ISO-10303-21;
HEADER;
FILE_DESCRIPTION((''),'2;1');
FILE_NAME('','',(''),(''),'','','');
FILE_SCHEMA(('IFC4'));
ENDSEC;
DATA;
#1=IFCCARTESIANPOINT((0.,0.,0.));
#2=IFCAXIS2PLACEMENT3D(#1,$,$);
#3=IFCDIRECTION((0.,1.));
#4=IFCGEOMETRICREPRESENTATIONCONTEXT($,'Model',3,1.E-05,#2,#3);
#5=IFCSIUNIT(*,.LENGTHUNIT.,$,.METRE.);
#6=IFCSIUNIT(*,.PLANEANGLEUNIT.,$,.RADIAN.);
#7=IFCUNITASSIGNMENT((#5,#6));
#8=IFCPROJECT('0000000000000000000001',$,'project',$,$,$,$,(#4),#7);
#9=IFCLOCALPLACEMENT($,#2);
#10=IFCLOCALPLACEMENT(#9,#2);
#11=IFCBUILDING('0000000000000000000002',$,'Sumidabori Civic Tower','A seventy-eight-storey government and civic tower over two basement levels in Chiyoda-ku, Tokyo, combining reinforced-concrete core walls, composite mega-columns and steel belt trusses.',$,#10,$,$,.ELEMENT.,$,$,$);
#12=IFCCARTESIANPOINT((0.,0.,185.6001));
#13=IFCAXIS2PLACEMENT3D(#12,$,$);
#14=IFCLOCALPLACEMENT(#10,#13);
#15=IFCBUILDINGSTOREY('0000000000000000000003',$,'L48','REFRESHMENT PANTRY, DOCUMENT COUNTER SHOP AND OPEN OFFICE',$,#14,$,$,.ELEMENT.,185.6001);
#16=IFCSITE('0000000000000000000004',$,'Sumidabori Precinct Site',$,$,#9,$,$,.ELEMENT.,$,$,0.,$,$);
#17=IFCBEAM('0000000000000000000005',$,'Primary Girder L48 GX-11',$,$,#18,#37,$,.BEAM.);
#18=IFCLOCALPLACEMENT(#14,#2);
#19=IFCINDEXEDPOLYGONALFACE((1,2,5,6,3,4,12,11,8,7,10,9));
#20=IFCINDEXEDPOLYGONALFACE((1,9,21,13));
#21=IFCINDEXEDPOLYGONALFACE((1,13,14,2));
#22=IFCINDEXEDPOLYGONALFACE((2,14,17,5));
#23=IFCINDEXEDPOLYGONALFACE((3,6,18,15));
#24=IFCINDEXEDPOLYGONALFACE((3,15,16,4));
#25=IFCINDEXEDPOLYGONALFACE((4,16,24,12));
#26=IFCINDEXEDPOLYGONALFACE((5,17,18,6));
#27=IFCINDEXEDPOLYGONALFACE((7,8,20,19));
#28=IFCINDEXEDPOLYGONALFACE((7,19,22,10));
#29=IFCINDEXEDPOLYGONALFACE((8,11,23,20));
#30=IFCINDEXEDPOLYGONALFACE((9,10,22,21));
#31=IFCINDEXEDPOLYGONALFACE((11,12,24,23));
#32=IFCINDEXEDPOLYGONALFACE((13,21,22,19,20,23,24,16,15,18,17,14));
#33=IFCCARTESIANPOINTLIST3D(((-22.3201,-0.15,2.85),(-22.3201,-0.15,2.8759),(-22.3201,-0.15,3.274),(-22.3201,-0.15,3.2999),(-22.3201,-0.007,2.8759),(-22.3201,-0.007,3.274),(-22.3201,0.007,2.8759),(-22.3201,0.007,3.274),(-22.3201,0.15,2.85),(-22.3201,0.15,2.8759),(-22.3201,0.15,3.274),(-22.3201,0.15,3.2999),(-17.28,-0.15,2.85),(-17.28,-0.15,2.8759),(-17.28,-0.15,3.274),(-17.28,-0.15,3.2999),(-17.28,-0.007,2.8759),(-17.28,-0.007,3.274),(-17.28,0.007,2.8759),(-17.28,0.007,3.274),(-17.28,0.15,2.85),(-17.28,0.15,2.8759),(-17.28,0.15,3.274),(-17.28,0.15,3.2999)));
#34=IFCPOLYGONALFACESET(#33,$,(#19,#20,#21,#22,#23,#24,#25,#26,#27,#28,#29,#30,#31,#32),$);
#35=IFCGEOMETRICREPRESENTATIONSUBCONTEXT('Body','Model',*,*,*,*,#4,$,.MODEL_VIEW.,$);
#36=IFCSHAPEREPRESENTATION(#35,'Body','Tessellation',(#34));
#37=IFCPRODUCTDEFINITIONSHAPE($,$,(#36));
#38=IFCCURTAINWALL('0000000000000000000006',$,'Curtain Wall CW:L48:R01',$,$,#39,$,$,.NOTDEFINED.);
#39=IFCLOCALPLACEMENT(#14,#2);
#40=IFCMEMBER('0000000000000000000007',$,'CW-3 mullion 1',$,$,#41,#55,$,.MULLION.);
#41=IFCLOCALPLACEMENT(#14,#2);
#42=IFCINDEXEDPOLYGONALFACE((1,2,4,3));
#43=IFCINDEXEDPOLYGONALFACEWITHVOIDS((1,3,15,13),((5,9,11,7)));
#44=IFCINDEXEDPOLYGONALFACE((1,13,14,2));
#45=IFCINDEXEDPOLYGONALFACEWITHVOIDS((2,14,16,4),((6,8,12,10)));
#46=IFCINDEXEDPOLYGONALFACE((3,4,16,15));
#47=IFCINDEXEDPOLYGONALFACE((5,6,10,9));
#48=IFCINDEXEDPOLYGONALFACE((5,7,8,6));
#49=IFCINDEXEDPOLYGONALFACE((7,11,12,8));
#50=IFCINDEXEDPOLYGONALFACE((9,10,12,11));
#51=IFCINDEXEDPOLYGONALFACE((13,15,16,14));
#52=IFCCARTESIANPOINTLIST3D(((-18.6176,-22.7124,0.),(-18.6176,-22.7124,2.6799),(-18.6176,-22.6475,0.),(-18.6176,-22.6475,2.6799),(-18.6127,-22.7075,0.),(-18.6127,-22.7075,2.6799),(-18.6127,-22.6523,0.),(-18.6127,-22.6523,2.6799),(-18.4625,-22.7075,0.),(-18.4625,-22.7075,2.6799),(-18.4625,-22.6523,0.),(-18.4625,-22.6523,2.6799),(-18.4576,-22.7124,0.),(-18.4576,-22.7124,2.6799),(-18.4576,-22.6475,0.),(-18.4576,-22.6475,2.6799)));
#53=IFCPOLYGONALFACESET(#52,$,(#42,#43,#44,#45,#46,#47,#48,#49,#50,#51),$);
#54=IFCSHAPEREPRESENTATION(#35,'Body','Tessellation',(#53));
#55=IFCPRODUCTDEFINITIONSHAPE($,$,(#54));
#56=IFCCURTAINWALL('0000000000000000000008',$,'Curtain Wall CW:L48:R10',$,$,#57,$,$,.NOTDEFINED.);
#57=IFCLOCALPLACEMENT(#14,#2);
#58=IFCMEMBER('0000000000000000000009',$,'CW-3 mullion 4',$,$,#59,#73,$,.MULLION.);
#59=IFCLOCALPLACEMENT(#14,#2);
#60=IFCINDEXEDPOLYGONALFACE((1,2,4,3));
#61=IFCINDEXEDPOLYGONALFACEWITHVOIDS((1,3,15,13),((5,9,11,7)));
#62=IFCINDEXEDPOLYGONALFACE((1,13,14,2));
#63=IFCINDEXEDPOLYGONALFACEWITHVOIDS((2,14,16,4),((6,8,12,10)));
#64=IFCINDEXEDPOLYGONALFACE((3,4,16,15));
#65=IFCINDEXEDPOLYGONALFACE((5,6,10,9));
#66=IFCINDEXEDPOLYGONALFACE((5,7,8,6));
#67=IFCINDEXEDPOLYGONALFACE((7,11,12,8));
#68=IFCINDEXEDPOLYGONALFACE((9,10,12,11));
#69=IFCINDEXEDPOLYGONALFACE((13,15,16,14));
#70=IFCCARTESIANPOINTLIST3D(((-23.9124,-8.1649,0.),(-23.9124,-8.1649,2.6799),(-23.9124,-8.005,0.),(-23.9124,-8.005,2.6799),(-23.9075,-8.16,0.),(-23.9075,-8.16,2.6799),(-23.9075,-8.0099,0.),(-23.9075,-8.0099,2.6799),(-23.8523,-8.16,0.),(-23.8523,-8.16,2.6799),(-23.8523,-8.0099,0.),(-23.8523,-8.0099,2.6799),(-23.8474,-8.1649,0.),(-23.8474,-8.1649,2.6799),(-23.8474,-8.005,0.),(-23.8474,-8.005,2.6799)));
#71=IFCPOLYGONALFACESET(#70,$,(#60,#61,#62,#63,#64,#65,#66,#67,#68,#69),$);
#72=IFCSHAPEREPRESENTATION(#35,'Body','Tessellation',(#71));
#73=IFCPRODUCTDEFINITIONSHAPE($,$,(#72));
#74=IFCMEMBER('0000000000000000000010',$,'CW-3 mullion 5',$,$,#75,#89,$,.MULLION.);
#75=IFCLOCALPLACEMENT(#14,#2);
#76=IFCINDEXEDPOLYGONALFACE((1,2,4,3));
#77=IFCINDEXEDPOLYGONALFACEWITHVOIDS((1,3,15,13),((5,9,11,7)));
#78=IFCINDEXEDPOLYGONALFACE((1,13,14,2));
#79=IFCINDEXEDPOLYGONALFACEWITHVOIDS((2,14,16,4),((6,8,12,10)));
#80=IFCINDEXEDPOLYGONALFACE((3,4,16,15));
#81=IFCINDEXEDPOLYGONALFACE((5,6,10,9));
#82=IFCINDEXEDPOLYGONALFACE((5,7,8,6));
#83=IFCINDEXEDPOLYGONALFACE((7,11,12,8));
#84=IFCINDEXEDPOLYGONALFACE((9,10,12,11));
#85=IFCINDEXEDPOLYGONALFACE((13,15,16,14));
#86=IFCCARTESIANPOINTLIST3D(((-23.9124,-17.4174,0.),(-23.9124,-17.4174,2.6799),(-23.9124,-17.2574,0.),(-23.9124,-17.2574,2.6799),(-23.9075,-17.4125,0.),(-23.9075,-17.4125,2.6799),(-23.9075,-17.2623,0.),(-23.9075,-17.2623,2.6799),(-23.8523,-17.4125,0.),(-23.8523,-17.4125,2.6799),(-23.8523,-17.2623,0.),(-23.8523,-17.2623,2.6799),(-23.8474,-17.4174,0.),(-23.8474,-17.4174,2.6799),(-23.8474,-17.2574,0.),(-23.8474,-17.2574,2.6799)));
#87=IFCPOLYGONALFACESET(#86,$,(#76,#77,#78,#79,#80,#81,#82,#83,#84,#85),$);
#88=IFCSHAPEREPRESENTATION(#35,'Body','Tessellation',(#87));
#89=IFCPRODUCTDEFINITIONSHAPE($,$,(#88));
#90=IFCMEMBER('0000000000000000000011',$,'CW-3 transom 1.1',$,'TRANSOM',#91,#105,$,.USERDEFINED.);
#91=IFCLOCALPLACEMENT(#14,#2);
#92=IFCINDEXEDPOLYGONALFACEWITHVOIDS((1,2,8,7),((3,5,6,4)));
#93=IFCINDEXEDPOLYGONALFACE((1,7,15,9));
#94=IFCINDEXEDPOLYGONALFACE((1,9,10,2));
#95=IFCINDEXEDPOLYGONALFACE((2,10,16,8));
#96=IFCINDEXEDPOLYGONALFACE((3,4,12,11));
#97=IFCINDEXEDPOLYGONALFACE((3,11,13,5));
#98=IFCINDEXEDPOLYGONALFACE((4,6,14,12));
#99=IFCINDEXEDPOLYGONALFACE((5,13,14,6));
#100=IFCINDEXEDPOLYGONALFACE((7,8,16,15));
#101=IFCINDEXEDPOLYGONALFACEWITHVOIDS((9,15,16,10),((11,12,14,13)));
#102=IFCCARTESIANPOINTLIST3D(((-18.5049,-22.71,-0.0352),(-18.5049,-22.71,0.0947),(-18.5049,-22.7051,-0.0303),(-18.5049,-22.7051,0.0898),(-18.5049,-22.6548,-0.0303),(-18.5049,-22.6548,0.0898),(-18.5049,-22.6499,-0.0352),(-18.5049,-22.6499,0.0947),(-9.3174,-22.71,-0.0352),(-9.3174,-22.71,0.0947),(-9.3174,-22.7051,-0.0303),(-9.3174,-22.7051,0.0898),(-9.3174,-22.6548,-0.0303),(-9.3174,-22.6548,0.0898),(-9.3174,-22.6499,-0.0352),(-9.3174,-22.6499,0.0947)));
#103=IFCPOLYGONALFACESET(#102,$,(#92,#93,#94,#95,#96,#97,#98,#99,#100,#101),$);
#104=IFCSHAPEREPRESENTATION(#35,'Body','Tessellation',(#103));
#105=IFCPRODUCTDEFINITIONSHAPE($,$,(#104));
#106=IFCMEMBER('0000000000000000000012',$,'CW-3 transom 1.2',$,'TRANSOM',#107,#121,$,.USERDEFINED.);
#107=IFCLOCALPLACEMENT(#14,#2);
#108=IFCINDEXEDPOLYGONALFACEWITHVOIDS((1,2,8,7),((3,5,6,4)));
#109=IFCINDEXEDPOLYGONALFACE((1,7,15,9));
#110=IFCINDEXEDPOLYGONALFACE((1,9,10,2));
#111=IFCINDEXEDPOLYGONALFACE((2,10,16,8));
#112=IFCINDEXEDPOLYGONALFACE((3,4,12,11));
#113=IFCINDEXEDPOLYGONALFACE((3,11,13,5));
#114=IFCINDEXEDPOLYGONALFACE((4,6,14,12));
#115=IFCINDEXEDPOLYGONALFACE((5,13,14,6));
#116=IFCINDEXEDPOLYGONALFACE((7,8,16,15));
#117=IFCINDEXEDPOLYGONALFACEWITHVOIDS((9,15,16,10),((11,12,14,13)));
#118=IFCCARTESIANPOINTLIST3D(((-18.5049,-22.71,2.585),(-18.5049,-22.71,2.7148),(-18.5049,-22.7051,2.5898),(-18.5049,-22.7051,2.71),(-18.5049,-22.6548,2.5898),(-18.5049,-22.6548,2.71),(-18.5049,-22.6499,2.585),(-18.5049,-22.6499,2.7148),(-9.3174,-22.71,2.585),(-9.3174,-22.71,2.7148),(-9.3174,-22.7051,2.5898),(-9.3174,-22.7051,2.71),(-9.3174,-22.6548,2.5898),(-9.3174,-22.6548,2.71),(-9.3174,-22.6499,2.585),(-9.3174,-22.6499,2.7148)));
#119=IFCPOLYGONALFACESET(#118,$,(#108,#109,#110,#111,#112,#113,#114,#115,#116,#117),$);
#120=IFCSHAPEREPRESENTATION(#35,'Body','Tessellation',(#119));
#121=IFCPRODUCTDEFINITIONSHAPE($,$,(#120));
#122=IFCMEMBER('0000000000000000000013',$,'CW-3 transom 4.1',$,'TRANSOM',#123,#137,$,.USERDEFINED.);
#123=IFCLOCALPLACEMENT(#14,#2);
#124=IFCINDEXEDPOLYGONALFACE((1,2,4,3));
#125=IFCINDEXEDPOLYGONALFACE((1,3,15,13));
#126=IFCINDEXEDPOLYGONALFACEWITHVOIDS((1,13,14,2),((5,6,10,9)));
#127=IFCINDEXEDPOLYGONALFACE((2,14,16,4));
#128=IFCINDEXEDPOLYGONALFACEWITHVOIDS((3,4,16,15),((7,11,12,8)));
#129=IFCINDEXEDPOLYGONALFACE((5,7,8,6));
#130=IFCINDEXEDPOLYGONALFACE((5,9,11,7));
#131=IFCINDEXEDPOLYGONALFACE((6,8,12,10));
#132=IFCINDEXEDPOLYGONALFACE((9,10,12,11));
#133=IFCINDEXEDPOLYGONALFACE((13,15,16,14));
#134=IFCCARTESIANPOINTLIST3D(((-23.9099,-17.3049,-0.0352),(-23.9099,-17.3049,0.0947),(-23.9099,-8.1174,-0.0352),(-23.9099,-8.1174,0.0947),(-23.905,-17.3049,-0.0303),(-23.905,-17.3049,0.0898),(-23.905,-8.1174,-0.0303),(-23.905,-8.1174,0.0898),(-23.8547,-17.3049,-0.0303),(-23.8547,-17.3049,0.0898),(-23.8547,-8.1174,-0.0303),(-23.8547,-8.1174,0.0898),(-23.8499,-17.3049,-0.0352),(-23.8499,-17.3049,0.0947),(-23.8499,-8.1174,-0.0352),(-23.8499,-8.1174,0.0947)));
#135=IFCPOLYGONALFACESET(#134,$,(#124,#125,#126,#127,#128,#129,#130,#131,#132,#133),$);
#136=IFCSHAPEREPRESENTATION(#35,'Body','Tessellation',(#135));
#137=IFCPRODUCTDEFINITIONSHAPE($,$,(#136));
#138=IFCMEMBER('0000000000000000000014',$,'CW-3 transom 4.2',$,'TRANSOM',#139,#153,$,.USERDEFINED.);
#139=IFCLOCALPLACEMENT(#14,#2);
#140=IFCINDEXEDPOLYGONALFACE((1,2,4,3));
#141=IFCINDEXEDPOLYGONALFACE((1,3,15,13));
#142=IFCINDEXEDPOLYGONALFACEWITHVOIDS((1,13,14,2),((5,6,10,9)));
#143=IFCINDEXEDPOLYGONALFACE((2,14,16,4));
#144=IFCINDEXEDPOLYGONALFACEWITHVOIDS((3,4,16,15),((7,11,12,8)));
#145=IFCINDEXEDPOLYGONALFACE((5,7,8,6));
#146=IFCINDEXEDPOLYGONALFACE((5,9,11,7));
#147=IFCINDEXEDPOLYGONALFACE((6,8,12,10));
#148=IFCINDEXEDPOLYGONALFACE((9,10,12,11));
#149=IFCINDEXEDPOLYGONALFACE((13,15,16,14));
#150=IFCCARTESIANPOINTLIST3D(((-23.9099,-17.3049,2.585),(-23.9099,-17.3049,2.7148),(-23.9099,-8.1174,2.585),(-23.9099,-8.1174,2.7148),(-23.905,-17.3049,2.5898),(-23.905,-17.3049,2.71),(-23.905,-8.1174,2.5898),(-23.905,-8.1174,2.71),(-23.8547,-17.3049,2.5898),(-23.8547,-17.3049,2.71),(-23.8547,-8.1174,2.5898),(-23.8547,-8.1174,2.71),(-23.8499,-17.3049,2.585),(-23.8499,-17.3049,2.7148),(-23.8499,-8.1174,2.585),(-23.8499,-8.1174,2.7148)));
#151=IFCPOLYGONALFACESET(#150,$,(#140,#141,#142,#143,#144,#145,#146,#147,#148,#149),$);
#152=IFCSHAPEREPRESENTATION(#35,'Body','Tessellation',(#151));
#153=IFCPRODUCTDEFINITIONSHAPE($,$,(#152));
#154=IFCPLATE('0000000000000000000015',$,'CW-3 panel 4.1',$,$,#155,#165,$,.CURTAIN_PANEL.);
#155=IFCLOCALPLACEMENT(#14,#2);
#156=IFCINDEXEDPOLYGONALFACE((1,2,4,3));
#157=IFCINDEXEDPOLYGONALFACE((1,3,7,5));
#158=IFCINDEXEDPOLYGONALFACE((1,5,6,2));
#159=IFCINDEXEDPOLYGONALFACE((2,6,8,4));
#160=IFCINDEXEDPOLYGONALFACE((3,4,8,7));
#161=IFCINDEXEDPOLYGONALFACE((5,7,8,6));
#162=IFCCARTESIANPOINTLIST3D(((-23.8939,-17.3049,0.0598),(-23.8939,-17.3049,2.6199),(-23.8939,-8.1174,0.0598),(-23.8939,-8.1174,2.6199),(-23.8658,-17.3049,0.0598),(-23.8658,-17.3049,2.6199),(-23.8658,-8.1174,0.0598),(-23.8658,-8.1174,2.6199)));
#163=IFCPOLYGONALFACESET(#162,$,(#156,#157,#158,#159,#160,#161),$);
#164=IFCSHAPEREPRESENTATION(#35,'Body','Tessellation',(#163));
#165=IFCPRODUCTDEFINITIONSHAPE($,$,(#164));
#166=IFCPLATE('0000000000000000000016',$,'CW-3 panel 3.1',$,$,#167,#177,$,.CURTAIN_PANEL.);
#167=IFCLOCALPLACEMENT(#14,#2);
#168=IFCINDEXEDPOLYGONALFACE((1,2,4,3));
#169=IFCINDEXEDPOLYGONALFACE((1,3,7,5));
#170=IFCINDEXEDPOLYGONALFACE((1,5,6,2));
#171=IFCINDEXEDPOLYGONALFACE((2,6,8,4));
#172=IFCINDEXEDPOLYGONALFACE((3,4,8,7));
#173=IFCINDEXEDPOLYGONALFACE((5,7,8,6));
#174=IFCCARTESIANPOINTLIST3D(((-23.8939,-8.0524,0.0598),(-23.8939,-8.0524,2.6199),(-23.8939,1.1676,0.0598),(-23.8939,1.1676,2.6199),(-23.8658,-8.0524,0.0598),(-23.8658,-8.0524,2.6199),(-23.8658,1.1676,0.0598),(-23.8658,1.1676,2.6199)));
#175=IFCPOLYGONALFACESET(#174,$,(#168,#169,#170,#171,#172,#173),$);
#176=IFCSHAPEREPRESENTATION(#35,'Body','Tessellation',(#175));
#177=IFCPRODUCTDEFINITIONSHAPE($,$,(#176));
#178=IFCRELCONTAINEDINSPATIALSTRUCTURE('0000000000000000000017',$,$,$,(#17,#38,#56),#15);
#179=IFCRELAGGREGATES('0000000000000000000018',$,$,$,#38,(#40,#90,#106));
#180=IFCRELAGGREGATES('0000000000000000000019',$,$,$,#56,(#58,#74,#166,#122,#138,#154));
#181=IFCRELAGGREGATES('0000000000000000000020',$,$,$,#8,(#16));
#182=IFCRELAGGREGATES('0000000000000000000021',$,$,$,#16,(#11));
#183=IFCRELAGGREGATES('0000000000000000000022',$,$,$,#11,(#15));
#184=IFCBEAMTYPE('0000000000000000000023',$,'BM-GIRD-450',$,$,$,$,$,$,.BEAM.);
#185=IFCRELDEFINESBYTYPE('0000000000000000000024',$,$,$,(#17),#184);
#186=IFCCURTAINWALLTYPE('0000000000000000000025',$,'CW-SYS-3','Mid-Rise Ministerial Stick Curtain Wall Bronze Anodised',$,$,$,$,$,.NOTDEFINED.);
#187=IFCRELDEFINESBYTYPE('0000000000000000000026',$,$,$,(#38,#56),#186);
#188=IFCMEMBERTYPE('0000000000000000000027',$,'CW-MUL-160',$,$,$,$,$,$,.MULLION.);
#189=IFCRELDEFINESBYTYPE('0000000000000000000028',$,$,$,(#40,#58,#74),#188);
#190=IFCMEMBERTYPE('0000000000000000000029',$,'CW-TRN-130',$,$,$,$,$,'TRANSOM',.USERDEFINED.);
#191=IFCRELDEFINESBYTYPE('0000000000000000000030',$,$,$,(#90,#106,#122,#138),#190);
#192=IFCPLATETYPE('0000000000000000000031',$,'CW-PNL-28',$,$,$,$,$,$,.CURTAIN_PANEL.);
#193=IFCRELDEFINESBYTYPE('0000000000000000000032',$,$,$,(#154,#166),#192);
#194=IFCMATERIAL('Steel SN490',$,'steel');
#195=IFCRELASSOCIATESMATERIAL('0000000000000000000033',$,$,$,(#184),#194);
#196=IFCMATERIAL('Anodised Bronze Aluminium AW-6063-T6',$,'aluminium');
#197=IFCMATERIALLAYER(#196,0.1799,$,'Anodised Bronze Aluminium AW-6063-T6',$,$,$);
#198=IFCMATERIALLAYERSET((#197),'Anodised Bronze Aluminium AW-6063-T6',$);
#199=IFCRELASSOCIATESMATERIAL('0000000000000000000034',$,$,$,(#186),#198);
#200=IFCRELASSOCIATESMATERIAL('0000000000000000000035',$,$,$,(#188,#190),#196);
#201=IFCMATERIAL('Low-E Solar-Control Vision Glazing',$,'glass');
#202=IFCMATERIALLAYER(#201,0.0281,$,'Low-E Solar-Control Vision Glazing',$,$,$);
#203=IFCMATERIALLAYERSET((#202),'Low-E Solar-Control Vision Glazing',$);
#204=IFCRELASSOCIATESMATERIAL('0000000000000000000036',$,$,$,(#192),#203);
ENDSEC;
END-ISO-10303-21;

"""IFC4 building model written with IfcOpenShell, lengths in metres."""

from ifc_helpers import new_model, si_unit, direction, frame, origin, origin_2d, place, context, subcontext, project, spatial, rectangle, hollow_rectangle, i_section, extrude, source, transform, mapped, material, layer, layer_set, material_profile, profile_set, type_object, element, aggregate, save


model = new_model("IFC4")

# Units and contexts
model_context = context("Model", 3, precision=1e-05, world=origin(), true_north=direction((0.0, 1.0)))
body_context = subcontext(model_context, "Body", "Model", "MODEL_VIEW")
ifc_project = project(units=[si_unit("LENGTHUNIT", "METRE"), si_unit("PLANEANGLEUNIT", "RADIAN")], contexts=[model_context])

# Site, building, storey
site_placement = place(None, origin())
site = spatial("IfcSite", under=ifc_project, at=site_placement, Name="Sumidabori Precinct Site", CompositionType="ELEMENT", RefElevation=0.0)
building_placement = place(site_placement, origin())
building = spatial("IfcBuilding", under=site, at=building_placement, Name="Sumidabori Civic Tower", Description="A seventy-eight-storey government and civic tower over two basement levels in Chiyoda-ku, Tokyo, combining reinforced-concrete core walls, composite mega-columns and steel belt trusses.", CompositionType="ELEMENT")
storey_placement = place(building_placement, frame((0.0, 0.0, 185.6001)))
storey = spatial("IfcBuildingStorey", under=building, at=storey_placement, Name="L48", Description="REFRESHMENT PANTRY, DOCUMENT COUNTER SHOP AND OPEN OFFICE", CompositionType="ELEMENT", Elevation=185.6001)

# Beam
ifc_material_1 = material(Name="Steel SN490", Category="steel")
ifc_material_profile_1 = material_profile(ifc_material_1, i_section(OverallWidth=0.3, OverallDepth=0.45, WebThickness=0.0139, FlangeThickness=0.0259, at=origin_2d()), Name="HE 450 B")
ifc_profile_set_1 = profile_set([ifc_material_profile_1], Name="Steel SN490")
beam_type_1 = type_object("IfcBeamType", Name="BM-GIRD-450", PredefinedType="BEAM", material=ifc_profile_set_1)
shared_shape_1 = source(origin(), body_context, "Body", "SweptSolid", [
    extrude(i_section(OverallWidth=0.3, OverallDepth=0.45, WebThickness=0.0139, FlangeThickness=0.0259, at=origin_2d()), origin(), (0.0, 0.0, 1.0), 5.04),
])
for number, where, z_axis, x_axis, name in (
    (1, (-22.3201, 0.0, 3.075), (1.0, 0.0, 0.0), (0.0, 1.0, 0.0), "Primary Girder L48 GX-11"),
):
    element("IfcBeam", number, at=place(storey_placement, frame(where, z_axis=z_axis, x_axis=x_axis)), inside=storey, type_object=beam_type_1, Name=name, PredefinedType="BEAM", context=body_context, shape_type="MappedRepresentation", body=[
        mapped(shared_shape_1, transform((0.0, 0.0, 0.0), x_axis=(1.0, 0.0, 0.0), y_axis=(0.0, 1.0, 0.0), z_axis=(0.0, 0.0, 1.0), scale=1.0)),
    ])

# Curtain wall, member
ifc_material_2 = material(Name="Anodised Bronze Aluminium AW-6063-T6", Category="aluminium")
ifc_layer_1 = layer(ifc_material_2, 0.1799, Name="Anodised Bronze Aluminium AW-6063-T6")
ifc_layer_set_1 = layer_set([ifc_layer_1], Name="Anodised Bronze Aluminium AW-6063-T6")
curtain_wall_type = type_object("IfcCurtainWallType", Name="CW-SYS-3", Description="Mid-Rise Ministerial Stick Curtain Wall Bronze Anodised", PredefinedType="NOTDEFINED", material=ifc_layer_set_1)
curtain_wall_1_placement = place(storey_placement, origin())
curtain_wall_1 = element("IfcCurtainWall", 2, at=curtain_wall_1_placement, inside=storey, type_object=curtain_wall_type, Name="Curtain Wall CW:L48:R01", PredefinedType="NOTDEFINED")
ifc_material_profile_2 = material_profile(ifc_material_2, hollow_rectangle(XDim=0.0649, YDim=0.1599, WallThickness=0.0049, at=origin_2d()), Name="ALU MULLION 160x65")
ifc_profile_set_2 = profile_set([ifc_material_profile_2], Name="Anodised Bronze Aluminium AW-6063-T6")
member_type_1 = type_object("IfcMemberType", Name="CW-MUL-160", PredefinedType="MULLION", material=ifc_profile_set_2)
shared_shape_2 = source(origin(), body_context, "Body", "SweptSolid", [
    extrude(hollow_rectangle(XDim=0.0649, YDim=0.1599, WallThickness=0.0049, at=origin_2d()), origin(), (0.0, 0.0, 1.0), 2.6799),
])
member_1_placement = place(storey_placement, frame((-18.5376, -22.6799, 0.0), z_axis=(0.0, 0.0, 1.0), x_axis=(0.0, 1.0, 0.0)))
member_1 = element("IfcMember", 3, at=member_1_placement, type_object=member_type_1, Name="CW-3 mullion 1", PredefinedType="MULLION", context=body_context, shape_type="MappedRepresentation", body=[
    mapped(shared_shape_2, transform((0.0, 0.0, 0.0), x_axis=(1.0, 0.0, 0.0), y_axis=(0.0, 1.0, 0.0), z_axis=(0.0, 0.0, 1.0), scale=1.0)),
])

# Curtain wall, members
curtain_wall_2_placement = place(storey_placement, origin())
curtain_wall_2 = element("IfcCurtainWall", 4, at=curtain_wall_2_placement, inside=storey, type_object=curtain_wall_type, Name="Curtain Wall CW:L48:R10", PredefinedType="NOTDEFINED")
member_2_placement = place(storey_placement, frame((-23.8799, -8.085, 0.0), z_axis=(0.0, 0.0, 1.0), x_axis=(1.0, 0.0, 0.0)))
member_2 = element("IfcMember", 5, at=member_2_placement, type_object=member_type_1, Name="CW-3 mullion 4", PredefinedType="MULLION", context=body_context, shape_type="MappedRepresentation", body=[
    mapped(shared_shape_2, transform((0.0, 0.0, 0.0), x_axis=(1.0, 0.0, 0.0), y_axis=(0.0, 1.0, 0.0), z_axis=(0.0, 0.0, 1.0), scale=1.0)),
])
member_3_placement = place(storey_placement, frame((-23.8799, -17.3374, 0.0), z_axis=(0.0, 0.0, 1.0), x_axis=(1.0, 0.0, 0.0)))
member_3 = element("IfcMember", 6, at=member_3_placement, type_object=member_type_1, Name="CW-3 mullion 5", PredefinedType="MULLION", context=body_context, shape_type="MappedRepresentation", body=[
    mapped(shared_shape_2, transform((0.0, 0.0, 0.0), x_axis=(1.0, 0.0, 0.0), y_axis=(0.0, 1.0, 0.0), z_axis=(0.0, 0.0, 1.0), scale=1.0)),
])

# Members
ifc_material_profile_3 = material_profile(ifc_material_2, hollow_rectangle(XDim=0.0601, YDim=0.1299, WallThickness=0.0049, at=origin_2d()), Name="ALU TRANSOM 130x60")
ifc_profile_set_3 = profile_set([ifc_material_profile_3], Name="Anodised Bronze Aluminium AW-6063-T6")
member_type_2 = type_object("IfcMemberType", Name="CW-TRN-130", ElementType="TRANSOM", PredefinedType="USERDEFINED", material=ifc_profile_set_3)
shared_shape_3 = source(origin(), body_context, "Body", "SweptSolid", [
    extrude(hollow_rectangle(XDim=0.0601, YDim=0.1299, WallThickness=0.0049, at=origin_2d()), origin(), (0.0, 0.0, 1.0), 9.1875),
])
member_4_placement = place(storey_placement, frame((-18.5049, -22.6799, 0.0298), z_axis=(1.0, 0.0, 0.0), x_axis=(0.0, 1.0, 0.0)))
member_4 = element("IfcMember", 7, at=member_4_placement, type_object=member_type_2, Name="CW-3 transom 1.1", ObjectType="TRANSOM", PredefinedType="USERDEFINED", context=body_context, shape_type="MappedRepresentation", body=[
    mapped(shared_shape_3, transform((0.0, 0.0, 0.0), x_axis=(1.0, 0.0, 0.0), y_axis=(0.0, 1.0, 0.0), z_axis=(0.0, 0.0, 1.0), scale=1.0)),
])
member_5_placement = place(storey_placement, frame((-18.5049, -22.6799, 2.6499), z_axis=(1.0, 0.0, 0.0), x_axis=(0.0, 1.0, 0.0)))
member_5 = element("IfcMember", 8, at=member_5_placement, type_object=member_type_2, Name="CW-3 transom 1.2", ObjectType="TRANSOM", PredefinedType="USERDEFINED", context=body_context, shape_type="MappedRepresentation", body=[
    mapped(shared_shape_3, transform((0.0, 0.0, 0.0), x_axis=(1.0, 0.0, 0.0), y_axis=(0.0, 1.0, 0.0), z_axis=(0.0, 0.0, 1.0), scale=1.0)),
])
aggregate(curtain_wall_1, [member_1, member_4, member_5])
member_6_placement = place(storey_placement, frame((-23.8799, -8.1174, 0.0298), z_axis=(0.0, -1.0, 0.0), x_axis=(1.0, 0.0, 0.0)))
member_6 = element("IfcMember", 9, at=member_6_placement, type_object=member_type_2, Name="CW-3 transom 4.1", ObjectType="TRANSOM", PredefinedType="USERDEFINED", context=body_context, shape_type="MappedRepresentation", body=[
    mapped(shared_shape_3, transform((0.0, 0.0, 0.0), x_axis=(1.0, 0.0, 0.0), y_axis=(0.0, 1.0, 0.0), z_axis=(0.0, 0.0, 1.0), scale=1.0)),
])
member_7_placement = place(storey_placement, frame((-23.8799, -8.1174, 2.6499), z_axis=(0.0, -1.0, 0.0), x_axis=(1.0, 0.0, 0.0)))
member_7 = element("IfcMember", 10, at=member_7_placement, type_object=member_type_2, Name="CW-3 transom 4.2", ObjectType="TRANSOM", PredefinedType="USERDEFINED", context=body_context, shape_type="MappedRepresentation", body=[
    mapped(shared_shape_3, transform((0.0, 0.0, 0.0), x_axis=(1.0, 0.0, 0.0), y_axis=(0.0, 1.0, 0.0), z_axis=(0.0, 0.0, 1.0), scale=1.0)),
])

# Plates
ifc_material_3 = material(Name="Low-E Solar-Control Vision Glazing", Category="glass")
ifc_layer_2 = layer(ifc_material_3, 0.0281, Name="Low-E Solar-Control Vision Glazing")
ifc_layer_set_2 = layer_set([ifc_layer_2], Name="Low-E Solar-Control Vision Glazing")
plate_type = type_object("IfcPlateType", Name="CW-PNL-28", PredefinedType="CURTAIN_PANEL", material=ifc_layer_set_2)
shared_shape_4 = source(origin(), body_context, "Body", "SweptSolid", [
    extrude(rectangle(XDim=9.1875, YDim=0.0281, at=origin_2d()), origin(), (0.0, 0.0, 1.0), 2.5601),
])
plate_1_placement = place(storey_placement, frame((-23.8799, -12.7112, 0.0598), z_axis=(0.0, 0.0, 1.0), x_axis=(0.0, -1.0, 0.0)))
plate_1 = element("IfcPlate", 11, at=plate_1_placement, type_object=plate_type, Name="CW-3 panel 4.1", PredefinedType="CURTAIN_PANEL", context=body_context, shape_type="MappedRepresentation", body=[
    mapped(shared_shape_4, transform((0.0, 0.0, 0.0), x_axis=(1.0, 0.0, 0.0), y_axis=(0.0, 1.0, 0.0), z_axis=(0.0, 0.0, 1.0), scale=1.0)),
])
shared_shape_5 = source(origin(), body_context, "Body", "SweptSolid", [
    extrude(rectangle(XDim=9.22, YDim=0.0281, at=origin_2d()), origin(), (0.0, 0.0, 1.0), 2.5601),
])
plate_2_placement = place(storey_placement, frame((-23.8799, -3.4424, 0.0598), z_axis=(0.0, 0.0, 1.0), x_axis=(0.0, -1.0, 0.0)))
plate_2 = element("IfcPlate", 12, at=plate_2_placement, type_object=plate_type, Name="CW-3 panel 3.1", PredefinedType="CURTAIN_PANEL", context=body_context, shape_type="MappedRepresentation", body=[
    mapped(shared_shape_5, transform((0.0, 0.0, 0.0), x_axis=(1.0, 0.0, 0.0), y_axis=(0.0, 1.0, 0.0), z_axis=(0.0, 0.0, 1.0), scale=1.0)),
])
aggregate(curtain_wall_2, [member_2, member_3, plate_2, member_6, member_7, plate_1])

save(model, "model.ifc")
